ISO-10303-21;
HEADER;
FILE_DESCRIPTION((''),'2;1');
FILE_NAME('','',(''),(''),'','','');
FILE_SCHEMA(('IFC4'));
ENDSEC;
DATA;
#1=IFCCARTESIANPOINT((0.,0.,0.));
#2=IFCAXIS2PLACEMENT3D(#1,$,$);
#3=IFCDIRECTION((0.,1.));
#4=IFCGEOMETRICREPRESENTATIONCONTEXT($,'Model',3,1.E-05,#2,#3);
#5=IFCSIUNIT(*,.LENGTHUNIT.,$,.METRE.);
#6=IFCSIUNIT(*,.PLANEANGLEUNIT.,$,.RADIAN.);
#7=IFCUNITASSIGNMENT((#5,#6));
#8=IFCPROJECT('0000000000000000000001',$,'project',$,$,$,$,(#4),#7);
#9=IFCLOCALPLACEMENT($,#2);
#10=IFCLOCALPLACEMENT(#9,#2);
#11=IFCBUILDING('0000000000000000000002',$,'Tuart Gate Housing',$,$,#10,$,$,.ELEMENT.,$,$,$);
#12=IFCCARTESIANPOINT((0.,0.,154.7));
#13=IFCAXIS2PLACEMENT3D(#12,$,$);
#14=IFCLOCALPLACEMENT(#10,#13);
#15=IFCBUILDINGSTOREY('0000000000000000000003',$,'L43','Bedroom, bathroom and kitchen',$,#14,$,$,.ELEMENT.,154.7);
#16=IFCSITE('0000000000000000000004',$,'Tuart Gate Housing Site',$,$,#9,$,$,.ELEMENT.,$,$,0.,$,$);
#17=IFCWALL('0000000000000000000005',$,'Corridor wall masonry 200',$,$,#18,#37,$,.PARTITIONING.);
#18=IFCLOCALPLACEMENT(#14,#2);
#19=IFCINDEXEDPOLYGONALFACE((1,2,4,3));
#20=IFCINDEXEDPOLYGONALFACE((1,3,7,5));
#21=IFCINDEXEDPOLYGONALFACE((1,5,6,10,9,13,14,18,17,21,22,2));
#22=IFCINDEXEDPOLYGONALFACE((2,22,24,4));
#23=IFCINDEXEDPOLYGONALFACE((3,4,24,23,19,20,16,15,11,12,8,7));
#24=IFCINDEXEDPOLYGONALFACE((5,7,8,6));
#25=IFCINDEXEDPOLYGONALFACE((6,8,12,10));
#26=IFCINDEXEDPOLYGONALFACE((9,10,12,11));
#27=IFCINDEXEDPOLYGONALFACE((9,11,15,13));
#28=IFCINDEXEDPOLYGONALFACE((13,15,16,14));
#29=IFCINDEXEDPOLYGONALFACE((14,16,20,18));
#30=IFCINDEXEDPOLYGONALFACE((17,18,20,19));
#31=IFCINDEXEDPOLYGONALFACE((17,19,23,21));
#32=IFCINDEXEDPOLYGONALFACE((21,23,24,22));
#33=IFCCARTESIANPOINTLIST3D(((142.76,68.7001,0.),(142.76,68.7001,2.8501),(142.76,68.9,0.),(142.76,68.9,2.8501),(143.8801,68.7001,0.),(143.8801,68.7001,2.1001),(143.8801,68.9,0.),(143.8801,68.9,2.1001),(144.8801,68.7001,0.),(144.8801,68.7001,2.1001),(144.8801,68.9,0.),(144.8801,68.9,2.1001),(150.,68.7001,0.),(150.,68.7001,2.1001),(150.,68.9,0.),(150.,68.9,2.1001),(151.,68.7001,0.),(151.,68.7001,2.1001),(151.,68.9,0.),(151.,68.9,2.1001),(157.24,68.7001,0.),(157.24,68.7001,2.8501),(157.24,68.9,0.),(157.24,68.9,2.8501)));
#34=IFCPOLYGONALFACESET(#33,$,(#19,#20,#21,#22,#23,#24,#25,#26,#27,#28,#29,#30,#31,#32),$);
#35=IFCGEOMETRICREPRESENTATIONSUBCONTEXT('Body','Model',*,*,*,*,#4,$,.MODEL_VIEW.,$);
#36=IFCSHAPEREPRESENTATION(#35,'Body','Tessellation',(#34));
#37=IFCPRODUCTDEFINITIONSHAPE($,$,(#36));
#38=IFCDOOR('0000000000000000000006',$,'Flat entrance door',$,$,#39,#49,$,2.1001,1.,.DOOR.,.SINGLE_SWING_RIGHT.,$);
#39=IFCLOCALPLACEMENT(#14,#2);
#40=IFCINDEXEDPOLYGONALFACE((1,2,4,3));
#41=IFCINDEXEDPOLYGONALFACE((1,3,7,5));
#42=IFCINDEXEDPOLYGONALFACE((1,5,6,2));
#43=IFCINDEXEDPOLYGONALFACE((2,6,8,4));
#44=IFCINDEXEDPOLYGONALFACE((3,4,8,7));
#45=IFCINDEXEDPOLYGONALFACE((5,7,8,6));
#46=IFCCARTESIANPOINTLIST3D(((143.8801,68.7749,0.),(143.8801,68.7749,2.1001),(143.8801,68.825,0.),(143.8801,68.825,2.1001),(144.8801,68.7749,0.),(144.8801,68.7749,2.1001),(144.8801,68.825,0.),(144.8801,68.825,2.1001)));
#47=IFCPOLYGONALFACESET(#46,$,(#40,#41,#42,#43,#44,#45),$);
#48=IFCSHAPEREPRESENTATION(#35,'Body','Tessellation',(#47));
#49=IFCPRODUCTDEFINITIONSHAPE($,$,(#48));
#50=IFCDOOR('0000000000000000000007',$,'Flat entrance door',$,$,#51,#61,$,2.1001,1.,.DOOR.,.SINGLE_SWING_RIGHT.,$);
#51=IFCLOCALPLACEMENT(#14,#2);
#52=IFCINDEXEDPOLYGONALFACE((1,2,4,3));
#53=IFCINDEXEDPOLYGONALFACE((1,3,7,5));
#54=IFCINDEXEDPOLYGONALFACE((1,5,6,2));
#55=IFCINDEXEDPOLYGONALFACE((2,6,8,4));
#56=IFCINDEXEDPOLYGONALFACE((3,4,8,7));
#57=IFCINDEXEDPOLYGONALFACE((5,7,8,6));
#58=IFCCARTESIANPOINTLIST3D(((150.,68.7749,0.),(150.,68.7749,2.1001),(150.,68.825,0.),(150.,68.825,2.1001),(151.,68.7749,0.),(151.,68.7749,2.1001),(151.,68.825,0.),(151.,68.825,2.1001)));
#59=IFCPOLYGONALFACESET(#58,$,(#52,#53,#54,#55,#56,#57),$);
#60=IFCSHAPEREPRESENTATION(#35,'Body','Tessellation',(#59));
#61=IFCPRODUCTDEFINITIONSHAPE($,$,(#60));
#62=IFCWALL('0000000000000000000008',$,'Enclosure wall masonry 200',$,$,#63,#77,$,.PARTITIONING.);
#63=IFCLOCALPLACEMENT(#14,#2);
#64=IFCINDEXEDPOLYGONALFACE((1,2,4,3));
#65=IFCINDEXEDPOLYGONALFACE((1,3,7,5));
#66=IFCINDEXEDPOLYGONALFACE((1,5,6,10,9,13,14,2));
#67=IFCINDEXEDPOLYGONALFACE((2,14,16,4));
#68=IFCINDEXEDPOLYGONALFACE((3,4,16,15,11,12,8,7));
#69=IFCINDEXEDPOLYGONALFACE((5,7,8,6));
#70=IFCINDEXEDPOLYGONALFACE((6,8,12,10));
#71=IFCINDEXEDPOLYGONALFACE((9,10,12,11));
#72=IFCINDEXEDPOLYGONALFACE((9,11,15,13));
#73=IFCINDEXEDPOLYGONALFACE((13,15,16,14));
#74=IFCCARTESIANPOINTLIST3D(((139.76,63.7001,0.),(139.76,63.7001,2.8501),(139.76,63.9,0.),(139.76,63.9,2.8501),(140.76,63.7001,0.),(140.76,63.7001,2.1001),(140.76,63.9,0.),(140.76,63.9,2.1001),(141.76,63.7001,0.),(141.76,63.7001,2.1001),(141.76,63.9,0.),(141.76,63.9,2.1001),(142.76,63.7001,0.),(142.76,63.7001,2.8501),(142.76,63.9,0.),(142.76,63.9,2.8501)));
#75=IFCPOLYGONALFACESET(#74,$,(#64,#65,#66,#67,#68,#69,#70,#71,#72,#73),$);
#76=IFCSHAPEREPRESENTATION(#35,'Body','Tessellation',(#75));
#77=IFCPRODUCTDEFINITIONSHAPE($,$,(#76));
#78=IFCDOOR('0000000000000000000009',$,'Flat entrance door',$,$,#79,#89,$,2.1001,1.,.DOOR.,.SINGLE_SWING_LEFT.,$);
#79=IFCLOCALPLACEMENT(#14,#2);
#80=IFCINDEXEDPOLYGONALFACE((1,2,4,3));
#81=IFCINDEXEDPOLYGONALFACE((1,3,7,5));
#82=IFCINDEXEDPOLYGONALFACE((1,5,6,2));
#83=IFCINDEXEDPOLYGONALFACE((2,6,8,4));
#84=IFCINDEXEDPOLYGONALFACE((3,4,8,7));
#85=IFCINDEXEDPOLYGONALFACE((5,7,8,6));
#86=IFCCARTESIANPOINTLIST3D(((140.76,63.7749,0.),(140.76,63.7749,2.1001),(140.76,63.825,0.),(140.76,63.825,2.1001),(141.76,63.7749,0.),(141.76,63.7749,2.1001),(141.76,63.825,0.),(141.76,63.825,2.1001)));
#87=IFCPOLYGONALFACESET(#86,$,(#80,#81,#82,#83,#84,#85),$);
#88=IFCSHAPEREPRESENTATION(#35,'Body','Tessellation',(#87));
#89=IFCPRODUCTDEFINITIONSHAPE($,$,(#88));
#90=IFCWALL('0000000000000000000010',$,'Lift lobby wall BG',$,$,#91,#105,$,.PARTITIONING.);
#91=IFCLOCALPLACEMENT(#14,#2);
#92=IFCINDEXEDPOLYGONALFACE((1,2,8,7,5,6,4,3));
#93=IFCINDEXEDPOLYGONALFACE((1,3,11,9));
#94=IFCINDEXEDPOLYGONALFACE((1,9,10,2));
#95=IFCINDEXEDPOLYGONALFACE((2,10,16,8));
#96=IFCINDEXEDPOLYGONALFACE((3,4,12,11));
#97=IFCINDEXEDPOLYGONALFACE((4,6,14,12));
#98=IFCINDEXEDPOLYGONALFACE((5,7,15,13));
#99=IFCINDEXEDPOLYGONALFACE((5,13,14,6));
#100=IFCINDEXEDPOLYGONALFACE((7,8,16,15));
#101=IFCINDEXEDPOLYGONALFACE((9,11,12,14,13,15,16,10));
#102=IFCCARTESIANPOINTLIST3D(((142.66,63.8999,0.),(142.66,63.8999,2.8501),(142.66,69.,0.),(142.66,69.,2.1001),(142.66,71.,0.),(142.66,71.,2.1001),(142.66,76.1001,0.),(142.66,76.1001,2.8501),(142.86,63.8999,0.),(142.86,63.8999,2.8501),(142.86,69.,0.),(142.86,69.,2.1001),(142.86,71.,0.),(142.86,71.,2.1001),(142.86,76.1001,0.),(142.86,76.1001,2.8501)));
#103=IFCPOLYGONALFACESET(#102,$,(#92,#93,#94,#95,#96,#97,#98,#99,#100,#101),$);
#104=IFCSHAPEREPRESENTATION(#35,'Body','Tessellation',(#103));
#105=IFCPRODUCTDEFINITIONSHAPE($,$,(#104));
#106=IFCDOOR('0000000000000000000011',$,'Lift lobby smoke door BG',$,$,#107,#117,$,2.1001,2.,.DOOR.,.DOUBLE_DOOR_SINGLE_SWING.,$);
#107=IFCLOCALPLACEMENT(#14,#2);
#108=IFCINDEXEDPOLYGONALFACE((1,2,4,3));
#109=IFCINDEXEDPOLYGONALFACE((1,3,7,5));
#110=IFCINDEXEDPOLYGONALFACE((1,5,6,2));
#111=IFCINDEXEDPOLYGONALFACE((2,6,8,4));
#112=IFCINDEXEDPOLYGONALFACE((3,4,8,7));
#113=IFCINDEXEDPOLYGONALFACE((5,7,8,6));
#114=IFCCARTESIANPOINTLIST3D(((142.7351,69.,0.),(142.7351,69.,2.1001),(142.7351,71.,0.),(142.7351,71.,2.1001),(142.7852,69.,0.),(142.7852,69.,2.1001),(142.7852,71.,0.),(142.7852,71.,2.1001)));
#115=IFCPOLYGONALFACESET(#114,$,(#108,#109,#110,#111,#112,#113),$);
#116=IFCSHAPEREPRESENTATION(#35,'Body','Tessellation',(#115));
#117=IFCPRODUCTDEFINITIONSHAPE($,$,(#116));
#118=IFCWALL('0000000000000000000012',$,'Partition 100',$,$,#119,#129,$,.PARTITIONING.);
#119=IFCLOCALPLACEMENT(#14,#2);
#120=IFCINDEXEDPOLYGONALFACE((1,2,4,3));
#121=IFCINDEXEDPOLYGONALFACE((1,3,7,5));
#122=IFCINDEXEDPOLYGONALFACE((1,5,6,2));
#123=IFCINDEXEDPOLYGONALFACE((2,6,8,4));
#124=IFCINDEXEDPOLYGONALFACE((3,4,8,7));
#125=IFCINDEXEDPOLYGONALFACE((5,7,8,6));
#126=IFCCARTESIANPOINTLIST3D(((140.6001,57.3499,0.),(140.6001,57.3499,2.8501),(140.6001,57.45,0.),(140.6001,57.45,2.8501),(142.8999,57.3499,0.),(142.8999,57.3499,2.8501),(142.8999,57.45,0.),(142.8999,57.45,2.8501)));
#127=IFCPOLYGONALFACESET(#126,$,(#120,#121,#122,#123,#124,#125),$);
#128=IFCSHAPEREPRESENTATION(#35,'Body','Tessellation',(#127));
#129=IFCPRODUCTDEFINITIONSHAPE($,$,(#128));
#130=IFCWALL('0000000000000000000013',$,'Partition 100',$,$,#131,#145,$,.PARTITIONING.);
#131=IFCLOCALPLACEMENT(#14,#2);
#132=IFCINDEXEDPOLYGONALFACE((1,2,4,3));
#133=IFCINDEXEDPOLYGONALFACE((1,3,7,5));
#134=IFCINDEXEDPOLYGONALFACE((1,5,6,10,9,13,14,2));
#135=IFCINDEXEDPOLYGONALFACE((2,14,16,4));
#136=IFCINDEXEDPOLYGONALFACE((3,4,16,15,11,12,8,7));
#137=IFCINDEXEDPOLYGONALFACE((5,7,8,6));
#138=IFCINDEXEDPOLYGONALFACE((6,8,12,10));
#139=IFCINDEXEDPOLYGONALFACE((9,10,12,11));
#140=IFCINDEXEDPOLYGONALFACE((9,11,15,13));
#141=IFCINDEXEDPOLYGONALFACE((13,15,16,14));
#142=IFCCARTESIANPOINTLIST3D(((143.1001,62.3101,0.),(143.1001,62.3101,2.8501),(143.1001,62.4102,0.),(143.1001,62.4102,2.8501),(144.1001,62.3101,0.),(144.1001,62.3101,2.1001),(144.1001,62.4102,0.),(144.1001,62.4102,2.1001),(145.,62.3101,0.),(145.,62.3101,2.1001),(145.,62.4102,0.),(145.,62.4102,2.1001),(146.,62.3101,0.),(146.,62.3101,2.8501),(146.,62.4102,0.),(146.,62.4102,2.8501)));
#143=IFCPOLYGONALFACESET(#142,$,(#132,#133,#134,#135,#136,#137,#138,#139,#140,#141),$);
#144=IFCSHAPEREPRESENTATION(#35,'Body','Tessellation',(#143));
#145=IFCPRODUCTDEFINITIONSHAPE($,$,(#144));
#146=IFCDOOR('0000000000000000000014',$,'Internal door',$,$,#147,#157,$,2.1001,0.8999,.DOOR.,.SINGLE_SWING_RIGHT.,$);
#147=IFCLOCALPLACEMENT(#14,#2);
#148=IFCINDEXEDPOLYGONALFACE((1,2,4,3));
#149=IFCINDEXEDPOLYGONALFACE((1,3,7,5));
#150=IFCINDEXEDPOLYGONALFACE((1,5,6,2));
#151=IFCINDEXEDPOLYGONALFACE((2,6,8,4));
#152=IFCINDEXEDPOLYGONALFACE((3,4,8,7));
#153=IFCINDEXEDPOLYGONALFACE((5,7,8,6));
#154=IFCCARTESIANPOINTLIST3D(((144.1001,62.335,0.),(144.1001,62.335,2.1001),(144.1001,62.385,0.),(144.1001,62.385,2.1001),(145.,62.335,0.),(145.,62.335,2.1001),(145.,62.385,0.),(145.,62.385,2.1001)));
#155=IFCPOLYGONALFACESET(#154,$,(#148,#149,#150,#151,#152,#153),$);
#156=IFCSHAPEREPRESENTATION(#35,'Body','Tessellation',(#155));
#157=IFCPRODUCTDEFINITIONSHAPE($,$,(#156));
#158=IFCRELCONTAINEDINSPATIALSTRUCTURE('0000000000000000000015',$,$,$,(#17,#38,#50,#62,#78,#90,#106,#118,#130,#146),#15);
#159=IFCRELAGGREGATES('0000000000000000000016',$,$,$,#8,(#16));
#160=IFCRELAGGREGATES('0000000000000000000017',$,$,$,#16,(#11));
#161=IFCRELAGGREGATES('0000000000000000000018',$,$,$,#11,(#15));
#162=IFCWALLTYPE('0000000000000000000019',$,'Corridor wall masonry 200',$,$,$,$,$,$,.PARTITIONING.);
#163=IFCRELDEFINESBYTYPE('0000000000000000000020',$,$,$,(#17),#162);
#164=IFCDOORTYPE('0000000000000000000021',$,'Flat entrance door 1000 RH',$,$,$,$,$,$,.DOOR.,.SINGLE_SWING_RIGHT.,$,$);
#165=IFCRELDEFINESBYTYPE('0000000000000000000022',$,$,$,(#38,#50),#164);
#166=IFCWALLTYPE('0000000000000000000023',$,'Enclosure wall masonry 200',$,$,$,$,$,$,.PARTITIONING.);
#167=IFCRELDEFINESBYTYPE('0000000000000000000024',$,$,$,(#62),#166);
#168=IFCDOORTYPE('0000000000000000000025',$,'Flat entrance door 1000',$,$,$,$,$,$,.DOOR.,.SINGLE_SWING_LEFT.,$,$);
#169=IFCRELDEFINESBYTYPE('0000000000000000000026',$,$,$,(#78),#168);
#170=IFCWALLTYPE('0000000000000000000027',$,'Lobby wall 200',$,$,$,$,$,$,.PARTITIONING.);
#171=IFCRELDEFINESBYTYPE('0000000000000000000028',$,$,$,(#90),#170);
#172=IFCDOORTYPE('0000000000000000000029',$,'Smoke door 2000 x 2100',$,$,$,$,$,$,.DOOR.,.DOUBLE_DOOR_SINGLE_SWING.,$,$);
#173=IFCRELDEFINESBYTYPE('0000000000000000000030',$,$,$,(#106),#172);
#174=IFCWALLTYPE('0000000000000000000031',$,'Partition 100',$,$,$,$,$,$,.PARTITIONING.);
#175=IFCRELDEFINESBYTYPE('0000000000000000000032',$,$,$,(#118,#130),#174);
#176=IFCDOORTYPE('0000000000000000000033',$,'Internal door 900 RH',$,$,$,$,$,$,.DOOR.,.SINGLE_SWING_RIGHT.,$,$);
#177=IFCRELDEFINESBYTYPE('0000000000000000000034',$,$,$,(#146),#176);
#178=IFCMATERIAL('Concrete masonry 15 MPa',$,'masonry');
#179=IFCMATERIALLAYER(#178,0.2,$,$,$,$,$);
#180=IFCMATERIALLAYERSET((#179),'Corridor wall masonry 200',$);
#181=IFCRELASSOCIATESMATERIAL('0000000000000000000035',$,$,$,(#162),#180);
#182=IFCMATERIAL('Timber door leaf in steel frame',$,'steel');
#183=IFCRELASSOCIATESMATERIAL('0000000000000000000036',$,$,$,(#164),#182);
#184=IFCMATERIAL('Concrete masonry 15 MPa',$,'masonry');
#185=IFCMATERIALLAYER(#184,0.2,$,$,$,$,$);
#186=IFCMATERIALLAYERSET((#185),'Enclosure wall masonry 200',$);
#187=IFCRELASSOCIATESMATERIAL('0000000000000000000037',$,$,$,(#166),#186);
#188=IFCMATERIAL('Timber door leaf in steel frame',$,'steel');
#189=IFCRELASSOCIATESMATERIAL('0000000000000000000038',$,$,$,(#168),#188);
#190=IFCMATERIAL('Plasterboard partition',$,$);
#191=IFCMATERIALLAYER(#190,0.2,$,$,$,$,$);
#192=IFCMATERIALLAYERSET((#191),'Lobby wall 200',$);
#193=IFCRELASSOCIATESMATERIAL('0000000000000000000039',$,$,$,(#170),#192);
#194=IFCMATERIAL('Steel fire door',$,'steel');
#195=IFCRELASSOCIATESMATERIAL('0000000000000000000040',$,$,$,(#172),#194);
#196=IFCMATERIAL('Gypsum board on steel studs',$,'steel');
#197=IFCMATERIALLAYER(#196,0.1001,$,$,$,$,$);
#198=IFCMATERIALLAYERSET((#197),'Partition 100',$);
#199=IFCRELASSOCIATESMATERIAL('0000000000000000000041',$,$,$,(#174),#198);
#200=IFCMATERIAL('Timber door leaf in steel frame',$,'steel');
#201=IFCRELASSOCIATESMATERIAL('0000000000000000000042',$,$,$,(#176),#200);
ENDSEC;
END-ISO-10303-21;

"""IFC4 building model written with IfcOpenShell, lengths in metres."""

from ifc_helpers import new_model, si_unit, direction, frame, frame_2d, origin, place, context, subcontext, project, spatial, rectangle, extrude, material, layer, layer_set, type_object, element, fill, save


model = new_model("IFC4")

# Units and contexts
model_context = context("Model", 3, precision=1e-05, world=origin(), true_north=direction((0.0, 1.0)))
body_context = subcontext(model_context, "Body", "Model", "MODEL_VIEW")
ifc_project = project(units=[si_unit("LENGTHUNIT", "METRE"), si_unit("PLANEANGLEUNIT", "RADIAN")], contexts=[model_context])

# Site, building, storey
site_placement = place(None, origin())
site = spatial("IfcSite", under=ifc_project, at=site_placement, Name="Tuart Gate Housing Site", CompositionType="ELEMENT", RefElevation=0.0)
building_placement = place(site_placement, origin())
building = spatial("IfcBuilding", under=site, at=building_placement, Name="Tuart Gate Housing", CompositionType="ELEMENT")
storey_placement = place(building_placement, frame((0.0, 0.0, 154.7)))
storey = spatial("IfcBuildingStorey", under=building, at=storey_placement, Name="L43", Description="Bedroom, bathroom and kitchen", CompositionType="ELEMENT", Elevation=154.7)

# Wall, openings, doors
ifc_material_1 = material(Name="Concrete masonry 15 MPa", Category="masonry")
ifc_layer_1 = layer(ifc_material_1, 0.2)
ifc_layer_set_1 = layer_set([ifc_layer_1], Name="Corridor wall masonry 200")
wall_type_1 = type_object("IfcWallType", Name="Corridor wall masonry 200", PredefinedType="PARTITIONING", material=ifc_layer_set_1)
wall_1_placement = place(storey_placement, frame((142.76, 68.8, 0.0), z_axis=(0.0, 0.0, 1.0), x_axis=(1.0, 0.0, 0.0)))
wall_1 = element("IfcWall", 1, at=wall_1_placement, inside=storey, type_object=wall_type_1, Name="Corridor wall masonry 200", PredefinedType="PARTITIONING", context=body_context, shape_type="SweptSolid", body=[
    extrude(rectangle(XDim=14.48, YDim=0.2, at=frame_2d((7.24, 0.0))), origin(), (0.0, 0.0, 1.0), 2.8501),
])
opening_1_placement = place(wall_1_placement, frame((1.1201, 0.0, 0.0)))
opening_1 = element("IfcOpeningElement", 2, at=opening_1_placement, cuts=wall_1, PredefinedType="OPENING", context=body_context, shape_type="SweptSolid", body=[
    extrude(rectangle(XDim=1.0, YDim=2.1001, at=frame_2d((0.5, 1.05))), frame((0.0, 0.1099, 0.0), z_axis=(0.0, -1.0, 0.0), x_axis=(1.0, 0.0, 0.0)), (0.0, 0.0, 1.0), 0.22),
])
opening_2_placement = place(wall_1_placement, frame((7.24, 0.0, 0.0)))
opening_2 = element("IfcOpeningElement", 3, at=opening_2_placement, cuts=wall_1, PredefinedType="OPENING", context=body_context, shape_type="SweptSolid", body=[
    extrude(rectangle(XDim=1.0, YDim=2.1001, at=frame_2d((0.5, 1.05))), frame((0.0, 0.1099, 0.0), z_axis=(0.0, -1.0, 0.0), x_axis=(1.0, 0.0, 0.0)), (0.0, 0.0, 1.0), 0.22),
])
ifc_material_2 = material(Name="Timber door leaf in steel frame", Category="steel")
door_type_1 = type_object("IfcDoorType", Name="Flat entrance door 1000 RH", OperationType="SINGLE_SWING_RIGHT", PredefinedType="DOOR", material=ifc_material_2)
door_1_placement = place(opening_1_placement, frame((1.0, 0.0, 0.0), z_axis=(0.0, 0.0, 1.0), x_axis=(-1.0, 0.0, 0.0)))
door_1 = element("IfcDoor", 4, at=door_1_placement, inside=storey, type_object=door_type_1, Name="Flat entrance door", OperationType="SINGLE_SWING_RIGHT", OverallHeight=2.1001, OverallWidth=1.0, PredefinedType="DOOR", context=body_context, shape_type="SweptSolid", body=[
    extrude(rectangle(XDim=1.0, YDim=2.1001, at=frame_2d((0.5, 1.05))), frame((0.0, 0.0251, 0.0), z_axis=(0.0, -1.0, 0.0), x_axis=(1.0, 0.0, 0.0)), (0.0, 0.0, 1.0), 0.05),
])
fill(opening_1, door_1)
door_2_placement = place(opening_2_placement, frame((1.0, 0.0, 0.0), z_axis=(0.0, 0.0, 1.0), x_axis=(-1.0, 0.0, 0.0)))
door_2 = element("IfcDoor", 5, at=door_2_placement, inside=storey, type_object=door_type_1, Name="Flat entrance door", OperationType="SINGLE_SWING_RIGHT", OverallHeight=2.1001, OverallWidth=1.0, PredefinedType="DOOR", context=body_context, shape_type="SweptSolid", body=[
    extrude(rectangle(XDim=1.0, YDim=2.1001, at=frame_2d((0.5, 1.05))), frame((0.0, 0.0251, 0.0), z_axis=(0.0, -1.0, 0.0), x_axis=(1.0, 0.0, 0.0)), (0.0, 0.0, 1.0), 0.05),
])
fill(opening_2, door_2)

# Walls, openings, doors
ifc_material_3 = material(Name="Concrete masonry 15 MPa", Category="masonry")
ifc_layer_2 = layer(ifc_material_3, 0.2)
ifc_layer_set_2 = layer_set([ifc_layer_2], Name="Enclosure wall masonry 200")
wall_type_2 = type_object("IfcWallType", Name="Enclosure wall masonry 200", PredefinedType="PARTITIONING", material=ifc_layer_set_2)
wall_2_placement = place(storey_placement, frame((139.76, 63.8, 0.0), z_axis=(0.0, 0.0, 1.0), x_axis=(1.0, 0.0, 0.0)))
wall_2 = element("IfcWall", 6, at=wall_2_placement, inside=storey, type_object=wall_type_2, Name="Enclosure wall masonry 200", PredefinedType="PARTITIONING", context=body_context, shape_type="SweptSolid", body=[
    extrude(rectangle(XDim=3.0, YDim=0.2, at=frame_2d((1.5, 0.0))), origin(), (0.0, 0.0, 1.0), 2.8501),
])
opening_3_placement = place(wall_2_placement, frame((1.0, 0.0, 0.0)))
opening_3 = element("IfcOpeningElement", 7, at=opening_3_placement, cuts=wall_2, PredefinedType="OPENING", context=body_context, shape_type="SweptSolid", body=[
    extrude(rectangle(XDim=1.0, YDim=2.1001, at=frame_2d((0.5, 1.05))), frame((0.0, 0.1099, 0.0), z_axis=(0.0, -1.0, 0.0), x_axis=(1.0, 0.0, 0.0)), (0.0, 0.0, 1.0), 0.22),
])
ifc_material_4 = material(Name="Timber door leaf in steel frame", Category="steel")
door_type_2 = type_object("IfcDoorType", Name="Flat entrance door 1000", OperationType="SINGLE_SWING_LEFT", PredefinedType="DOOR", material=ifc_material_4)
door_3_placement = place(opening_3_placement, frame((1.0, 0.0, 0.0), z_axis=(0.0, 0.0, 1.0), x_axis=(-1.0, 0.0, 0.0)))
door_3 = element("IfcDoor", 8, at=door_3_placement, inside=storey, type_object=door_type_2, Name="Flat entrance door", OperationType="SINGLE_SWING_LEFT", OverallHeight=2.1001, OverallWidth=1.0, PredefinedType="DOOR", context=body_context, shape_type="SweptSolid", body=[
    extrude(rectangle(XDim=1.0, YDim=2.1001, at=frame_2d((0.5, 1.05))), frame((0.0, 0.0251, 0.0), z_axis=(0.0, -1.0, 0.0), x_axis=(1.0, 0.0, 0.0)), (0.0, 0.0, 1.0), 0.05),
])
fill(opening_3, door_3)
ifc_material_5 = material(Name="Plasterboard partition")
ifc_layer_3 = layer(ifc_material_5, 0.2)
ifc_layer_set_3 = layer_set([ifc_layer_3], Name="Lobby wall 200")
wall_type_3 = type_object("IfcWallType", Name="Lobby wall 200", PredefinedType="PARTITIONING", material=ifc_layer_set_3)
wall_3_placement = place(storey_placement, frame((142.76, 63.8999, 0.0), z_axis=(0.0, 0.0, 1.0), x_axis=(0.0, 1.0, 0.0)))
wall_3 = element("IfcWall", 9, at=wall_3_placement, inside=storey, type_object=wall_type_3, Name="Lift lobby wall BG", PredefinedType="PARTITIONING", context=body_context, shape_type="SweptSolid", body=[
    extrude(rectangle(XDim=12.2002, YDim=0.2, at=frame_2d((6.1001, 0.0))), origin(), (0.0, 0.0, 1.0), 2.8501),
])
opening_4_placement = place(wall_3_placement, frame((5.1001, 0.0, 0.0)))
opening_4 = element("IfcOpeningElement", 10, at=opening_4_placement, cuts=wall_3, PredefinedType="OPENING", context=body_context, shape_type="SweptSolid", body=[
    extrude(rectangle(XDim=2.0, YDim=2.1001, at=frame_2d((1.0, 1.05))), frame((0.0, 0.1099, 0.0), z_axis=(0.0, -1.0, 0.0), x_axis=(1.0, 0.0, 0.0)), (0.0, 0.0, 1.0), 0.22),
])
ifc_material_6 = material(Name="Steel fire door", Category="steel")
door_type_3 = type_object("IfcDoorType", Name="Smoke door 2000 x 2100", OperationType="DOUBLE_DOOR_SINGLE_SWING", PredefinedType="DOOR", material=ifc_material_6)
door_4_placement = place(opening_4_placement, origin())
door_4 = element("IfcDoor", 11, at=door_4_placement, inside=storey, type_object=door_type_3, Name="Lift lobby smoke door BG", OperationType="DOUBLE_DOOR_SINGLE_SWING", OverallHeight=2.1001, OverallWidth=2.0, PredefinedType="DOOR", context=body_context, shape_type="SweptSolid", body=[
    extrude(rectangle(XDim=2.0, YDim=2.1001, at=frame_2d((1.0, 1.05))), frame((0.0, 0.0249, 0.0), z_axis=(0.0, -1.0, 0.0), x_axis=(1.0, 0.0, 0.0)), (0.0, 0.0, 1.0), 0.05),
])
fill(opening_4, door_4)

# Wall
ifc_material_7 = material(Name="Gypsum board on steel studs", Category="steel")
ifc_layer_4 = layer(ifc_material_7, 0.1001)
ifc_layer_set_4 = layer_set([ifc_layer_4], Name="Partition 100")
wall_type_4 = type_object("IfcWallType", Name="Partition 100", PredefinedType="PARTITIONING", material=ifc_layer_set_4)
wall_4_placement = place(storey_placement, frame((140.6001, 57.3999, 0.0), z_axis=(0.0, 0.0, 1.0), x_axis=(1.0, 0.0, 0.0)))
element("IfcWall", 12, at=wall_4_placement, inside=storey, type_object=wall_type_4, Name="Partition 100", PredefinedType="PARTITIONING", context=body_context, shape_type="SweptSolid", body=[
    extrude(rectangle(XDim=2.2998, YDim=0.1001, at=frame_2d((1.1499, 0.0))), origin(), (0.0, 0.0, 1.0), 2.8501),
])

# Wall, opening, door
wall_5_placement = place(storey_placement, frame((143.1001, 62.3601, 0.0), z_axis=(0.0, 0.0, 1.0), x_axis=(1.0, 0.0, 0.0)))
wall_5 = element("IfcWall", 13, at=wall_5_placement, inside=storey, type_object=wall_type_4, Name="Partition 100", PredefinedType="PARTITIONING", context=body_context, shape_type="SweptSolid", body=[
    extrude(rectangle(XDim=2.8999, YDim=0.1001, at=frame_2d((1.45, 0.0))), origin(), (0.0, 0.0, 1.0), 2.8501),
])
opening_5_placement = place(wall_5_placement, frame((1.0, 0.0, 0.0)))
opening_5 = element("IfcOpeningElement", 14, at=opening_5_placement, cuts=wall_5, PredefinedType="OPENING", context=body_context, shape_type="SweptSolid", body=[
    extrude(rectangle(XDim=0.8999, YDim=2.1001, at=frame_2d((0.45, 1.05))), frame((0.0, 0.0601, 0.0), z_axis=(0.0, -1.0, 0.0), x_axis=(1.0, 0.0, 0.0)), (0.0, 0.0, 1.0), 0.1201),
])
ifc_material_8 = material(Name="Timber door leaf in steel frame", Category="steel")
door_type_4 = type_object("IfcDoorType", Name="Internal door 900 RH", OperationType="SINGLE_SWING_RIGHT", PredefinedType="DOOR", material=ifc_material_8)
door_5_placement = place(opening_5_placement, origin())
door_5 = element("IfcDoor", 15, at=door_5_placement, inside=storey, type_object=door_type_4, Name="Internal door", OperationType="SINGLE_SWING_RIGHT", OverallHeight=2.1001, OverallWidth=0.8999, PredefinedType="DOOR", context=body_context, shape_type="SweptSolid", body=[
    extrude(rectangle(XDim=0.8999, YDim=2.1001, at=frame_2d((0.45, 1.05))), frame((0.0, 0.0249, 0.0), z_axis=(0.0, -1.0, 0.0), x_axis=(1.0, 0.0, 0.0)), (0.0, 0.0, 1.0), 0.05),
])
fill(opening_5, door_5)

save(model, "model.ifc")
